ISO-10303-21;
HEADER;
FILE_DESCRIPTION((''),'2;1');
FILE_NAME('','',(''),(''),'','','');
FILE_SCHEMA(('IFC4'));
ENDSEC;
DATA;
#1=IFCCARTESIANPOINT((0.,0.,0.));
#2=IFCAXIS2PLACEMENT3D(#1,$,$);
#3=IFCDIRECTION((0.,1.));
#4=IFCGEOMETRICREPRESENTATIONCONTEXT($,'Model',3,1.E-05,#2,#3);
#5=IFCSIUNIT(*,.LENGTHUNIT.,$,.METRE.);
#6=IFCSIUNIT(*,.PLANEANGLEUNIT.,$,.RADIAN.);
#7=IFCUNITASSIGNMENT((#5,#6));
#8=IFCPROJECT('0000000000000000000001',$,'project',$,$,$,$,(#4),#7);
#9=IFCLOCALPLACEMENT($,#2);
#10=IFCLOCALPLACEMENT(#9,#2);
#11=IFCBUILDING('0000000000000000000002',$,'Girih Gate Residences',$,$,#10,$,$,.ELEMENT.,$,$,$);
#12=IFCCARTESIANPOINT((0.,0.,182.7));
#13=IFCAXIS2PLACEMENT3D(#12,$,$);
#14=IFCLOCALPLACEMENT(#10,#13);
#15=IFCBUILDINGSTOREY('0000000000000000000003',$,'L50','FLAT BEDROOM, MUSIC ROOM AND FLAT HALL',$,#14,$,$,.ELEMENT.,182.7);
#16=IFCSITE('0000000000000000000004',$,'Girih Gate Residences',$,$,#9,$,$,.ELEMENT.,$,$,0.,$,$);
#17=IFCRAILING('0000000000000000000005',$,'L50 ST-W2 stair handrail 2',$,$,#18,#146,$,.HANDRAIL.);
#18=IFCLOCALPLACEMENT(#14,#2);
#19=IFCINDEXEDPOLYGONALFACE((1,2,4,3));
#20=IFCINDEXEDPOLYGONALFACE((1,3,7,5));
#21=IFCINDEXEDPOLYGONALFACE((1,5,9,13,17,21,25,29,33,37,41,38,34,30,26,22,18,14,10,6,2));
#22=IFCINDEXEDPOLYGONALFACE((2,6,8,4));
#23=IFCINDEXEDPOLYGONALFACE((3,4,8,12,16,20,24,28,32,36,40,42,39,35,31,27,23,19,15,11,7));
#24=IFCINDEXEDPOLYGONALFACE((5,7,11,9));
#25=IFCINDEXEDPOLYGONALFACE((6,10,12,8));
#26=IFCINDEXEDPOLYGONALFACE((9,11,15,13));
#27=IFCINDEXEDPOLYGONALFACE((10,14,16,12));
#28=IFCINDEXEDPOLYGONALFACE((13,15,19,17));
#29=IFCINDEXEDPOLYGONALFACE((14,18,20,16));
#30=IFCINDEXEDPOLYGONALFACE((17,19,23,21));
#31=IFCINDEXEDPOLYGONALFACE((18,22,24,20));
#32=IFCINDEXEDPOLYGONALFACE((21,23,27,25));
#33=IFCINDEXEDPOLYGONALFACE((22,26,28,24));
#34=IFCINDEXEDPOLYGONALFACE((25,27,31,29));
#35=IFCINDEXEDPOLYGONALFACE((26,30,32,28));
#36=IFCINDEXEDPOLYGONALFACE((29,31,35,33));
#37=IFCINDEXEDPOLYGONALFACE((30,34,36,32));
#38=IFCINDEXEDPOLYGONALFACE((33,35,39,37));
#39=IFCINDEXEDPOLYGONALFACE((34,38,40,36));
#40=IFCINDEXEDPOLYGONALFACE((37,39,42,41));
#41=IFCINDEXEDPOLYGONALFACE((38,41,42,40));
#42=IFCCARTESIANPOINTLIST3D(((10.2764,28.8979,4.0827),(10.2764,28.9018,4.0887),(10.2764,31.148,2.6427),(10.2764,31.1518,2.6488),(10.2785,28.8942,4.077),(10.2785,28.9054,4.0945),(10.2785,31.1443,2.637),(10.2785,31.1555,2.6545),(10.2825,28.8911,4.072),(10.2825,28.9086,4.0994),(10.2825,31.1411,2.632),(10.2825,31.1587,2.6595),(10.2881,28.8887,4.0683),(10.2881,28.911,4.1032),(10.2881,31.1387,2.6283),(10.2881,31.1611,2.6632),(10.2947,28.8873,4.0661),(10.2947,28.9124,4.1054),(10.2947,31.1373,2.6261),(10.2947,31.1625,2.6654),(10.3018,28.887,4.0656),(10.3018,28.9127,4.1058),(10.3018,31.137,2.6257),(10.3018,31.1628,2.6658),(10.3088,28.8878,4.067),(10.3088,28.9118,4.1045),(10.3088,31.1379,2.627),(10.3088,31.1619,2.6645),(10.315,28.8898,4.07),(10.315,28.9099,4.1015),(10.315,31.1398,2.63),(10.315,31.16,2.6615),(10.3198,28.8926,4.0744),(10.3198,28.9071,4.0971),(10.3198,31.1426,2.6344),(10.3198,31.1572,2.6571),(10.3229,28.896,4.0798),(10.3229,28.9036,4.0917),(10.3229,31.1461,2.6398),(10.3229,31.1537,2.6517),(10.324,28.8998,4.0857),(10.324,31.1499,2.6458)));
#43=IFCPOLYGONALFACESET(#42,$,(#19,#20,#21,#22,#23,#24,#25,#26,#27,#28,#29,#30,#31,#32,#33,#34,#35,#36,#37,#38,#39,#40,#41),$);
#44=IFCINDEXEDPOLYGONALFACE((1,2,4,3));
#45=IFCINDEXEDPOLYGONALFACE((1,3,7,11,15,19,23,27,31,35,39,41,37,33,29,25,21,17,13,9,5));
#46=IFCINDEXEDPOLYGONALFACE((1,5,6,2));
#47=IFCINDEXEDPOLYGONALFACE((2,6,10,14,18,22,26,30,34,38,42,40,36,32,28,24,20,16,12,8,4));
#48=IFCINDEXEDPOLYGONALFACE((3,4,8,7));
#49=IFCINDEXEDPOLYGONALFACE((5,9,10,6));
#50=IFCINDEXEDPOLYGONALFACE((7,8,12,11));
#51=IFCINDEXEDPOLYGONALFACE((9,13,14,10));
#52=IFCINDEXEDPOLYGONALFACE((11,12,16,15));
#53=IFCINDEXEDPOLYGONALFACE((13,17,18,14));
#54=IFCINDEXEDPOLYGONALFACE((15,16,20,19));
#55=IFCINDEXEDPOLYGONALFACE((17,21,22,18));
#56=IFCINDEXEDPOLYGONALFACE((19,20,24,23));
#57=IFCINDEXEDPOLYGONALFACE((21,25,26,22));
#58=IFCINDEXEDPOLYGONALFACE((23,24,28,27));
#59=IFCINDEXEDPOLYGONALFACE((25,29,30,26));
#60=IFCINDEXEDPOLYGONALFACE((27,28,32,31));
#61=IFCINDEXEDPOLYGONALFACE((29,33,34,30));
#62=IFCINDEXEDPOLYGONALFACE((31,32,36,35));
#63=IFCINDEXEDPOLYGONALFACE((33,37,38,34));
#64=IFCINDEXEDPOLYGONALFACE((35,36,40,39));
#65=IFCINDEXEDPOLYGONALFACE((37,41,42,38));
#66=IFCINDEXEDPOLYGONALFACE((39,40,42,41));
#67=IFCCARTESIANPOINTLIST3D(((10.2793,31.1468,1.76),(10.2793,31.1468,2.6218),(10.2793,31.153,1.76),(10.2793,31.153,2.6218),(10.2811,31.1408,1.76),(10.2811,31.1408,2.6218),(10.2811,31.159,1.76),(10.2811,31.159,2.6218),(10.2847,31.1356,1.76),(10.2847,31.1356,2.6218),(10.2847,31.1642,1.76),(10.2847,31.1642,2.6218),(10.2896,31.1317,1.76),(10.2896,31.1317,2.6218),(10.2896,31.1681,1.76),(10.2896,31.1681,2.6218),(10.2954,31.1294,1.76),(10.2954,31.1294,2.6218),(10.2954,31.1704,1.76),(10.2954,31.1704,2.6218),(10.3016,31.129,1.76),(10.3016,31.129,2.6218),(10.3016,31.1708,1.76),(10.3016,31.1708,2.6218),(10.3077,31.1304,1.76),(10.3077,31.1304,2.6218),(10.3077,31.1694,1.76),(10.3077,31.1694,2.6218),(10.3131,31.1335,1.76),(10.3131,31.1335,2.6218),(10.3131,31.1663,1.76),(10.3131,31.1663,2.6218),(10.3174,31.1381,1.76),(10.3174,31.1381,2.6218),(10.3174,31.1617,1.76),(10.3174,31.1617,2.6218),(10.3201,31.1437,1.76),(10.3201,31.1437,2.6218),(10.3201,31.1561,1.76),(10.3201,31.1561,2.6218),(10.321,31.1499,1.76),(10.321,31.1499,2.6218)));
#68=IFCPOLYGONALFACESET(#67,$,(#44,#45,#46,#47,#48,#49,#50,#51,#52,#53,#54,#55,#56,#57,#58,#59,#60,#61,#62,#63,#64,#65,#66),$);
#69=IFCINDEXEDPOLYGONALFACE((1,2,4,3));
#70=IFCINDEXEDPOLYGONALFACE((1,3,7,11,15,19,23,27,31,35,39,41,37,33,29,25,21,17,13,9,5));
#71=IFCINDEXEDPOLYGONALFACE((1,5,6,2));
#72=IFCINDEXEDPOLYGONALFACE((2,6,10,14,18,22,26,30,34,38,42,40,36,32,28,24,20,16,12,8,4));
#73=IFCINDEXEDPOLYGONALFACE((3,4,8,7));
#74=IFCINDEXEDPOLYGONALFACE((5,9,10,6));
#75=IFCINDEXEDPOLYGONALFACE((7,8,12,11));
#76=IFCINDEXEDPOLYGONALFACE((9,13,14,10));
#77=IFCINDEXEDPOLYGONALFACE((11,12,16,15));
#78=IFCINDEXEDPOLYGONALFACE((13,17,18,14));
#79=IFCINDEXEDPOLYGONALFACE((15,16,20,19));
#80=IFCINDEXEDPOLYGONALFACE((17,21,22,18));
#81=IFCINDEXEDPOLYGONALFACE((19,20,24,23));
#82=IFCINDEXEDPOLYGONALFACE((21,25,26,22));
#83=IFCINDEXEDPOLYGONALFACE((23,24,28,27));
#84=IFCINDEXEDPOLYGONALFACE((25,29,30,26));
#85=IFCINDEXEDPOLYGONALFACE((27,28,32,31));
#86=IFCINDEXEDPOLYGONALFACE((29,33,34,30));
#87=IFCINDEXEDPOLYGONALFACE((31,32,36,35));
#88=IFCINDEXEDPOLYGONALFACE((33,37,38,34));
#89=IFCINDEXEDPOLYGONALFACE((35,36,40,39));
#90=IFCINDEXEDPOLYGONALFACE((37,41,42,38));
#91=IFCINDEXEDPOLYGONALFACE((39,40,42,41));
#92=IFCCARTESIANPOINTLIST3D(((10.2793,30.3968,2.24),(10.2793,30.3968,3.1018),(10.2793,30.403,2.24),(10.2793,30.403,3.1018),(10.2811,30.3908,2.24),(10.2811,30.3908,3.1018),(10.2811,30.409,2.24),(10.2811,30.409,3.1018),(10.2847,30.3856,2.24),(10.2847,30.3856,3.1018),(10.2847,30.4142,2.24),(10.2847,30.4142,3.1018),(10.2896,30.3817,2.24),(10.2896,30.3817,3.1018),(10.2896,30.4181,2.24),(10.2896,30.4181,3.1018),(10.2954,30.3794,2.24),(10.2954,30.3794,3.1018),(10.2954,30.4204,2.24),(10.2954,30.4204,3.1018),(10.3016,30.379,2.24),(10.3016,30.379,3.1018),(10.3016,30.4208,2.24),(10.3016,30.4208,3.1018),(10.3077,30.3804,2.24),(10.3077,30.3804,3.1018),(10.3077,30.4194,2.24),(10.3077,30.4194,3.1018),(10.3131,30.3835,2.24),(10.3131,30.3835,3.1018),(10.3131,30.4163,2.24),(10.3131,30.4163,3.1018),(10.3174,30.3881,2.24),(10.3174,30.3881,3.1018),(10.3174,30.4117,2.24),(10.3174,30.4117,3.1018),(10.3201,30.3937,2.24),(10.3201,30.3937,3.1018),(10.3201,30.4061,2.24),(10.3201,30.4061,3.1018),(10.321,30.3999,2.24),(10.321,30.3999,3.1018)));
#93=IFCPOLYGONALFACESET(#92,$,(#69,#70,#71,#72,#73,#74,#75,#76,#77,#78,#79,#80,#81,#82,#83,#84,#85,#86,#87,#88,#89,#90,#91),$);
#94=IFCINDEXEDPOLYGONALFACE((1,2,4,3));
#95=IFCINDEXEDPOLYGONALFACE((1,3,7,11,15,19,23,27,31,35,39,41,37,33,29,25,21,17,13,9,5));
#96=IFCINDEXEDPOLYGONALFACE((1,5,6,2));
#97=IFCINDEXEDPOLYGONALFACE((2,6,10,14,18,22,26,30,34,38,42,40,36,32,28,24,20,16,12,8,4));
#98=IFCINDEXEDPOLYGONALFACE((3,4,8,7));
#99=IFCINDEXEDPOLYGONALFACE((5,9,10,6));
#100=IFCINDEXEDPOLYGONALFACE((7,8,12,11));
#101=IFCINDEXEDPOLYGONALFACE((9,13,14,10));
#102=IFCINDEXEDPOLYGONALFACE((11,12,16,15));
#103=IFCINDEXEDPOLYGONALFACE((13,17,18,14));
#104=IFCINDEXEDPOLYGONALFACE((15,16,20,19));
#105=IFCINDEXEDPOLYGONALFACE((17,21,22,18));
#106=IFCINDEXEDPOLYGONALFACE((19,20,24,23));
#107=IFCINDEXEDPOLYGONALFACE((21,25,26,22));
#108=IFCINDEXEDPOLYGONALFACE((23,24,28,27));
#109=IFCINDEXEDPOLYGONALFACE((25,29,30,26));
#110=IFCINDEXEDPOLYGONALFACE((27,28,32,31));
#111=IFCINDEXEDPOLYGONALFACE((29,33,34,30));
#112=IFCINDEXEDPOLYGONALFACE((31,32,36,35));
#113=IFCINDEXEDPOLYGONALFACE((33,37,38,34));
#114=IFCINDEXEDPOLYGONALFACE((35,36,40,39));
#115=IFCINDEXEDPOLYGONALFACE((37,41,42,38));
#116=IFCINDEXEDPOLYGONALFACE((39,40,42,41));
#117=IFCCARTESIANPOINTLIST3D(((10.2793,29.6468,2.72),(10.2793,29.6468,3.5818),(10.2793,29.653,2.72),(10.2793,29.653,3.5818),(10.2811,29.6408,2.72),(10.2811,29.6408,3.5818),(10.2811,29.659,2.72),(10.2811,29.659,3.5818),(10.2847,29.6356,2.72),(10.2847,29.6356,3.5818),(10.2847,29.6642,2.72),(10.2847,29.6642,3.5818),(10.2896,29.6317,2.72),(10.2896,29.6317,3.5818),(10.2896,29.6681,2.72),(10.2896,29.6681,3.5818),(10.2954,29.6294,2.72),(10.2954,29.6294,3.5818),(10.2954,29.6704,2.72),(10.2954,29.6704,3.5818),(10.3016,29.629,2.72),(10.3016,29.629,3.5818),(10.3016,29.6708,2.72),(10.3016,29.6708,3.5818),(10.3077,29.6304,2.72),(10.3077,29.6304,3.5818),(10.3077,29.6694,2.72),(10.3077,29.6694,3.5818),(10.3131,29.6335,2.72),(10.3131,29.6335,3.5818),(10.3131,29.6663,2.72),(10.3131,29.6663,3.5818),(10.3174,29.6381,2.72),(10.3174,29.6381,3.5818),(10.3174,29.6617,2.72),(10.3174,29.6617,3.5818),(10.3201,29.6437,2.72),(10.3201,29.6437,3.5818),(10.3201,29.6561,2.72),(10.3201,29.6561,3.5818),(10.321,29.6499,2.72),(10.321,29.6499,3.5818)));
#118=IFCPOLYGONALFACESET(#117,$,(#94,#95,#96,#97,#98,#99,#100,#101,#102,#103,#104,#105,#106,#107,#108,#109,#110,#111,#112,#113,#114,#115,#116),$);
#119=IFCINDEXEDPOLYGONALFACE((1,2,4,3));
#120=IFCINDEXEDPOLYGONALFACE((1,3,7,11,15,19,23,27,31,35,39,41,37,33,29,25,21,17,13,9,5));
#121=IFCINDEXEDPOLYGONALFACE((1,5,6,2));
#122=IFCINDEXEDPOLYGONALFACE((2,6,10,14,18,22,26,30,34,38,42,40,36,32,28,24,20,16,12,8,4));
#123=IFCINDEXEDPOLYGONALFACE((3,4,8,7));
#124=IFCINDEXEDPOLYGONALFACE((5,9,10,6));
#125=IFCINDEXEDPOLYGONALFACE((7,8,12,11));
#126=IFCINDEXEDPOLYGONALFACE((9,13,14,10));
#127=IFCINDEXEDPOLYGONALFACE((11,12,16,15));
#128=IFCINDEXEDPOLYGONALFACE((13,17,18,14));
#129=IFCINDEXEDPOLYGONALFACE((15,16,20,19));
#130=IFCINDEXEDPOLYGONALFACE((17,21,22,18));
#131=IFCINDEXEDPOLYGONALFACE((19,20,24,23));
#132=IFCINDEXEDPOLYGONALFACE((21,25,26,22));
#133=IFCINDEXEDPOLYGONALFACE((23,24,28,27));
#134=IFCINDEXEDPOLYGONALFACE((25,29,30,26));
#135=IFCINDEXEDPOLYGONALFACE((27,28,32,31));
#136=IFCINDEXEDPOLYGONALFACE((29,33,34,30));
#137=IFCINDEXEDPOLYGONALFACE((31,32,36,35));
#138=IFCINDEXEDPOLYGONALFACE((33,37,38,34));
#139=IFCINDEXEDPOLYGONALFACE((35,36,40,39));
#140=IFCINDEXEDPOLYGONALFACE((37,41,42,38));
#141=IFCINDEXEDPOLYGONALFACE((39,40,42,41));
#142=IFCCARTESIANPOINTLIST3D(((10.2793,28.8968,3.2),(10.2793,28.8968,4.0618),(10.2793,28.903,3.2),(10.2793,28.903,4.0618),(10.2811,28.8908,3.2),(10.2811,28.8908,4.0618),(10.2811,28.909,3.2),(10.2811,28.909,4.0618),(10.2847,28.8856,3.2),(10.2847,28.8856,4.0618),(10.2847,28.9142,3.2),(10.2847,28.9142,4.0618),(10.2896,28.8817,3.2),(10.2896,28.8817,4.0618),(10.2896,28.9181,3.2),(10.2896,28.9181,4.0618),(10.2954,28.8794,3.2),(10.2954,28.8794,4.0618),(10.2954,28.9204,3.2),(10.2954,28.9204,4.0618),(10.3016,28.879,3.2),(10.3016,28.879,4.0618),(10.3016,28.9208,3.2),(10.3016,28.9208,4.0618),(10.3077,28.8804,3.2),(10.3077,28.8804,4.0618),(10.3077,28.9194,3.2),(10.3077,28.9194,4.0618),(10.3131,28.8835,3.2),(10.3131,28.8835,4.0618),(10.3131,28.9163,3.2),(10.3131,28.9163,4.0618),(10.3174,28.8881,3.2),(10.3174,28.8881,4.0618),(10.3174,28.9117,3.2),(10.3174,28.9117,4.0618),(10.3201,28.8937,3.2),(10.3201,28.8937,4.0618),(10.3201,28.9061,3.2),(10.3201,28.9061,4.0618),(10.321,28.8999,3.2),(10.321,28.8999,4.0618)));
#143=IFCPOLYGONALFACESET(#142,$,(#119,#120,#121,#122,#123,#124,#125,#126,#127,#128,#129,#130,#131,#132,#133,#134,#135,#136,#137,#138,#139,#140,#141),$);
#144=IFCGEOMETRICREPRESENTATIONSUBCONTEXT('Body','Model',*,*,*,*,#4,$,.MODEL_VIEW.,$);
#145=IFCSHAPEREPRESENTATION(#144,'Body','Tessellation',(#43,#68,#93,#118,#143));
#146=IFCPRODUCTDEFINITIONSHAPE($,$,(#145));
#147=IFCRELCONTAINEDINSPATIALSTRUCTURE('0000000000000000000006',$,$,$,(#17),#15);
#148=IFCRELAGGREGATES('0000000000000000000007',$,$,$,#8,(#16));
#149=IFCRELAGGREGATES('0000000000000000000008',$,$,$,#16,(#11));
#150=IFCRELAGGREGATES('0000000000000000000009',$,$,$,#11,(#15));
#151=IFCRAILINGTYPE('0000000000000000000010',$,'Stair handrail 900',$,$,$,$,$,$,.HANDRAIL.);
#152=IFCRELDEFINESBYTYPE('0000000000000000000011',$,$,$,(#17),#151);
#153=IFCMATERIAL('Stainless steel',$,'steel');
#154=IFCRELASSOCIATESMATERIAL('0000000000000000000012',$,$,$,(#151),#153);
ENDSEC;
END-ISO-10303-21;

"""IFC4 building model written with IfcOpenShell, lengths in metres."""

from ifc_helpers import new_model, si_unit, direction, frame, origin, origin_2d, place, context, subcontext, project, spatial, circle, extrude, material, type_object, element, save


model = new_model("IFC4")

# Units and contexts
model_context = context("Model", 3, precision=1e-05, world=origin(), true_north=direction((0.0, 1.0)))
body_context = subcontext(model_context, "Body", "Model", "MODEL_VIEW")
ifc_project = project(units=[si_unit("LENGTHUNIT", "METRE"), si_unit("PLANEANGLEUNIT", "RADIAN")], contexts=[model_context])

# Site, building, storey
site_placement = place(None, origin())
site = spatial("IfcSite", under=ifc_project, at=site_placement, Name="Girih Gate Residences", CompositionType="ELEMENT", RefElevation=0.0)
building_placement = place(site_placement, origin())
building = spatial("IfcBuilding", under=site, at=building_placement, Name="Girih Gate Residences", CompositionType="ELEMENT")
storey_placement = place(building_placement, frame((0.0, 0.0, 182.7)))
storey = spatial("IfcBuildingStorey", under=building, at=storey_placement, Name="L50", Description="FLAT BEDROOM, MUSIC ROOM AND FLAT HALL", CompositionType="ELEMENT", Elevation=182.7)

# Railing
ifc_material_1 = material(Name="Stainless steel", Category="steel")
railing_type_1 = type_object("IfcRailingType", Name="Stair handrail 900", PredefinedType="HANDRAIL", material=ifc_material_1)
railing_1_placement = place(storey_placement, frame((10.3, 31.1499, 1.76)))
element("IfcRailing", 1, at=railing_1_placement, inside=storey, type_object=railing_type_1, Name="L50 ST-W2 stair handrail 2", PredefinedType="HANDRAIL", context=body_context, shape_type="SweptSolid", body=[
    extrude(circle(Radius=0.0239, at=origin_2d()), frame((0.0, 0.0, 0.8857), z_axis=(0.0, -0.842281, 0.539038), x_axis=(1.0, 0.0, 0.0)), (0.0, 0.0, 1.0), 2.6714),
    extrude(circle(Radius=0.021, at=origin_2d()), origin(), (0.0, 0.0, 1.0), 0.8618),
    extrude(circle(Radius=0.021, at=origin_2d()), frame((0.0, -0.75, 0.48)), (0.0, 0.0, 1.0), 0.8618),
    extrude(circle(Radius=0.021, at=origin_2d()), frame((0.0, -1.5, 0.96)), (0.0, 0.0, 1.0), 0.8618),
    extrude(circle(Radius=0.021, at=origin_2d()), frame((0.0, -2.25, 1.4399)), (0.0, 0.0, 1.0), 0.8618),
])

save(model, "model.ifc")
